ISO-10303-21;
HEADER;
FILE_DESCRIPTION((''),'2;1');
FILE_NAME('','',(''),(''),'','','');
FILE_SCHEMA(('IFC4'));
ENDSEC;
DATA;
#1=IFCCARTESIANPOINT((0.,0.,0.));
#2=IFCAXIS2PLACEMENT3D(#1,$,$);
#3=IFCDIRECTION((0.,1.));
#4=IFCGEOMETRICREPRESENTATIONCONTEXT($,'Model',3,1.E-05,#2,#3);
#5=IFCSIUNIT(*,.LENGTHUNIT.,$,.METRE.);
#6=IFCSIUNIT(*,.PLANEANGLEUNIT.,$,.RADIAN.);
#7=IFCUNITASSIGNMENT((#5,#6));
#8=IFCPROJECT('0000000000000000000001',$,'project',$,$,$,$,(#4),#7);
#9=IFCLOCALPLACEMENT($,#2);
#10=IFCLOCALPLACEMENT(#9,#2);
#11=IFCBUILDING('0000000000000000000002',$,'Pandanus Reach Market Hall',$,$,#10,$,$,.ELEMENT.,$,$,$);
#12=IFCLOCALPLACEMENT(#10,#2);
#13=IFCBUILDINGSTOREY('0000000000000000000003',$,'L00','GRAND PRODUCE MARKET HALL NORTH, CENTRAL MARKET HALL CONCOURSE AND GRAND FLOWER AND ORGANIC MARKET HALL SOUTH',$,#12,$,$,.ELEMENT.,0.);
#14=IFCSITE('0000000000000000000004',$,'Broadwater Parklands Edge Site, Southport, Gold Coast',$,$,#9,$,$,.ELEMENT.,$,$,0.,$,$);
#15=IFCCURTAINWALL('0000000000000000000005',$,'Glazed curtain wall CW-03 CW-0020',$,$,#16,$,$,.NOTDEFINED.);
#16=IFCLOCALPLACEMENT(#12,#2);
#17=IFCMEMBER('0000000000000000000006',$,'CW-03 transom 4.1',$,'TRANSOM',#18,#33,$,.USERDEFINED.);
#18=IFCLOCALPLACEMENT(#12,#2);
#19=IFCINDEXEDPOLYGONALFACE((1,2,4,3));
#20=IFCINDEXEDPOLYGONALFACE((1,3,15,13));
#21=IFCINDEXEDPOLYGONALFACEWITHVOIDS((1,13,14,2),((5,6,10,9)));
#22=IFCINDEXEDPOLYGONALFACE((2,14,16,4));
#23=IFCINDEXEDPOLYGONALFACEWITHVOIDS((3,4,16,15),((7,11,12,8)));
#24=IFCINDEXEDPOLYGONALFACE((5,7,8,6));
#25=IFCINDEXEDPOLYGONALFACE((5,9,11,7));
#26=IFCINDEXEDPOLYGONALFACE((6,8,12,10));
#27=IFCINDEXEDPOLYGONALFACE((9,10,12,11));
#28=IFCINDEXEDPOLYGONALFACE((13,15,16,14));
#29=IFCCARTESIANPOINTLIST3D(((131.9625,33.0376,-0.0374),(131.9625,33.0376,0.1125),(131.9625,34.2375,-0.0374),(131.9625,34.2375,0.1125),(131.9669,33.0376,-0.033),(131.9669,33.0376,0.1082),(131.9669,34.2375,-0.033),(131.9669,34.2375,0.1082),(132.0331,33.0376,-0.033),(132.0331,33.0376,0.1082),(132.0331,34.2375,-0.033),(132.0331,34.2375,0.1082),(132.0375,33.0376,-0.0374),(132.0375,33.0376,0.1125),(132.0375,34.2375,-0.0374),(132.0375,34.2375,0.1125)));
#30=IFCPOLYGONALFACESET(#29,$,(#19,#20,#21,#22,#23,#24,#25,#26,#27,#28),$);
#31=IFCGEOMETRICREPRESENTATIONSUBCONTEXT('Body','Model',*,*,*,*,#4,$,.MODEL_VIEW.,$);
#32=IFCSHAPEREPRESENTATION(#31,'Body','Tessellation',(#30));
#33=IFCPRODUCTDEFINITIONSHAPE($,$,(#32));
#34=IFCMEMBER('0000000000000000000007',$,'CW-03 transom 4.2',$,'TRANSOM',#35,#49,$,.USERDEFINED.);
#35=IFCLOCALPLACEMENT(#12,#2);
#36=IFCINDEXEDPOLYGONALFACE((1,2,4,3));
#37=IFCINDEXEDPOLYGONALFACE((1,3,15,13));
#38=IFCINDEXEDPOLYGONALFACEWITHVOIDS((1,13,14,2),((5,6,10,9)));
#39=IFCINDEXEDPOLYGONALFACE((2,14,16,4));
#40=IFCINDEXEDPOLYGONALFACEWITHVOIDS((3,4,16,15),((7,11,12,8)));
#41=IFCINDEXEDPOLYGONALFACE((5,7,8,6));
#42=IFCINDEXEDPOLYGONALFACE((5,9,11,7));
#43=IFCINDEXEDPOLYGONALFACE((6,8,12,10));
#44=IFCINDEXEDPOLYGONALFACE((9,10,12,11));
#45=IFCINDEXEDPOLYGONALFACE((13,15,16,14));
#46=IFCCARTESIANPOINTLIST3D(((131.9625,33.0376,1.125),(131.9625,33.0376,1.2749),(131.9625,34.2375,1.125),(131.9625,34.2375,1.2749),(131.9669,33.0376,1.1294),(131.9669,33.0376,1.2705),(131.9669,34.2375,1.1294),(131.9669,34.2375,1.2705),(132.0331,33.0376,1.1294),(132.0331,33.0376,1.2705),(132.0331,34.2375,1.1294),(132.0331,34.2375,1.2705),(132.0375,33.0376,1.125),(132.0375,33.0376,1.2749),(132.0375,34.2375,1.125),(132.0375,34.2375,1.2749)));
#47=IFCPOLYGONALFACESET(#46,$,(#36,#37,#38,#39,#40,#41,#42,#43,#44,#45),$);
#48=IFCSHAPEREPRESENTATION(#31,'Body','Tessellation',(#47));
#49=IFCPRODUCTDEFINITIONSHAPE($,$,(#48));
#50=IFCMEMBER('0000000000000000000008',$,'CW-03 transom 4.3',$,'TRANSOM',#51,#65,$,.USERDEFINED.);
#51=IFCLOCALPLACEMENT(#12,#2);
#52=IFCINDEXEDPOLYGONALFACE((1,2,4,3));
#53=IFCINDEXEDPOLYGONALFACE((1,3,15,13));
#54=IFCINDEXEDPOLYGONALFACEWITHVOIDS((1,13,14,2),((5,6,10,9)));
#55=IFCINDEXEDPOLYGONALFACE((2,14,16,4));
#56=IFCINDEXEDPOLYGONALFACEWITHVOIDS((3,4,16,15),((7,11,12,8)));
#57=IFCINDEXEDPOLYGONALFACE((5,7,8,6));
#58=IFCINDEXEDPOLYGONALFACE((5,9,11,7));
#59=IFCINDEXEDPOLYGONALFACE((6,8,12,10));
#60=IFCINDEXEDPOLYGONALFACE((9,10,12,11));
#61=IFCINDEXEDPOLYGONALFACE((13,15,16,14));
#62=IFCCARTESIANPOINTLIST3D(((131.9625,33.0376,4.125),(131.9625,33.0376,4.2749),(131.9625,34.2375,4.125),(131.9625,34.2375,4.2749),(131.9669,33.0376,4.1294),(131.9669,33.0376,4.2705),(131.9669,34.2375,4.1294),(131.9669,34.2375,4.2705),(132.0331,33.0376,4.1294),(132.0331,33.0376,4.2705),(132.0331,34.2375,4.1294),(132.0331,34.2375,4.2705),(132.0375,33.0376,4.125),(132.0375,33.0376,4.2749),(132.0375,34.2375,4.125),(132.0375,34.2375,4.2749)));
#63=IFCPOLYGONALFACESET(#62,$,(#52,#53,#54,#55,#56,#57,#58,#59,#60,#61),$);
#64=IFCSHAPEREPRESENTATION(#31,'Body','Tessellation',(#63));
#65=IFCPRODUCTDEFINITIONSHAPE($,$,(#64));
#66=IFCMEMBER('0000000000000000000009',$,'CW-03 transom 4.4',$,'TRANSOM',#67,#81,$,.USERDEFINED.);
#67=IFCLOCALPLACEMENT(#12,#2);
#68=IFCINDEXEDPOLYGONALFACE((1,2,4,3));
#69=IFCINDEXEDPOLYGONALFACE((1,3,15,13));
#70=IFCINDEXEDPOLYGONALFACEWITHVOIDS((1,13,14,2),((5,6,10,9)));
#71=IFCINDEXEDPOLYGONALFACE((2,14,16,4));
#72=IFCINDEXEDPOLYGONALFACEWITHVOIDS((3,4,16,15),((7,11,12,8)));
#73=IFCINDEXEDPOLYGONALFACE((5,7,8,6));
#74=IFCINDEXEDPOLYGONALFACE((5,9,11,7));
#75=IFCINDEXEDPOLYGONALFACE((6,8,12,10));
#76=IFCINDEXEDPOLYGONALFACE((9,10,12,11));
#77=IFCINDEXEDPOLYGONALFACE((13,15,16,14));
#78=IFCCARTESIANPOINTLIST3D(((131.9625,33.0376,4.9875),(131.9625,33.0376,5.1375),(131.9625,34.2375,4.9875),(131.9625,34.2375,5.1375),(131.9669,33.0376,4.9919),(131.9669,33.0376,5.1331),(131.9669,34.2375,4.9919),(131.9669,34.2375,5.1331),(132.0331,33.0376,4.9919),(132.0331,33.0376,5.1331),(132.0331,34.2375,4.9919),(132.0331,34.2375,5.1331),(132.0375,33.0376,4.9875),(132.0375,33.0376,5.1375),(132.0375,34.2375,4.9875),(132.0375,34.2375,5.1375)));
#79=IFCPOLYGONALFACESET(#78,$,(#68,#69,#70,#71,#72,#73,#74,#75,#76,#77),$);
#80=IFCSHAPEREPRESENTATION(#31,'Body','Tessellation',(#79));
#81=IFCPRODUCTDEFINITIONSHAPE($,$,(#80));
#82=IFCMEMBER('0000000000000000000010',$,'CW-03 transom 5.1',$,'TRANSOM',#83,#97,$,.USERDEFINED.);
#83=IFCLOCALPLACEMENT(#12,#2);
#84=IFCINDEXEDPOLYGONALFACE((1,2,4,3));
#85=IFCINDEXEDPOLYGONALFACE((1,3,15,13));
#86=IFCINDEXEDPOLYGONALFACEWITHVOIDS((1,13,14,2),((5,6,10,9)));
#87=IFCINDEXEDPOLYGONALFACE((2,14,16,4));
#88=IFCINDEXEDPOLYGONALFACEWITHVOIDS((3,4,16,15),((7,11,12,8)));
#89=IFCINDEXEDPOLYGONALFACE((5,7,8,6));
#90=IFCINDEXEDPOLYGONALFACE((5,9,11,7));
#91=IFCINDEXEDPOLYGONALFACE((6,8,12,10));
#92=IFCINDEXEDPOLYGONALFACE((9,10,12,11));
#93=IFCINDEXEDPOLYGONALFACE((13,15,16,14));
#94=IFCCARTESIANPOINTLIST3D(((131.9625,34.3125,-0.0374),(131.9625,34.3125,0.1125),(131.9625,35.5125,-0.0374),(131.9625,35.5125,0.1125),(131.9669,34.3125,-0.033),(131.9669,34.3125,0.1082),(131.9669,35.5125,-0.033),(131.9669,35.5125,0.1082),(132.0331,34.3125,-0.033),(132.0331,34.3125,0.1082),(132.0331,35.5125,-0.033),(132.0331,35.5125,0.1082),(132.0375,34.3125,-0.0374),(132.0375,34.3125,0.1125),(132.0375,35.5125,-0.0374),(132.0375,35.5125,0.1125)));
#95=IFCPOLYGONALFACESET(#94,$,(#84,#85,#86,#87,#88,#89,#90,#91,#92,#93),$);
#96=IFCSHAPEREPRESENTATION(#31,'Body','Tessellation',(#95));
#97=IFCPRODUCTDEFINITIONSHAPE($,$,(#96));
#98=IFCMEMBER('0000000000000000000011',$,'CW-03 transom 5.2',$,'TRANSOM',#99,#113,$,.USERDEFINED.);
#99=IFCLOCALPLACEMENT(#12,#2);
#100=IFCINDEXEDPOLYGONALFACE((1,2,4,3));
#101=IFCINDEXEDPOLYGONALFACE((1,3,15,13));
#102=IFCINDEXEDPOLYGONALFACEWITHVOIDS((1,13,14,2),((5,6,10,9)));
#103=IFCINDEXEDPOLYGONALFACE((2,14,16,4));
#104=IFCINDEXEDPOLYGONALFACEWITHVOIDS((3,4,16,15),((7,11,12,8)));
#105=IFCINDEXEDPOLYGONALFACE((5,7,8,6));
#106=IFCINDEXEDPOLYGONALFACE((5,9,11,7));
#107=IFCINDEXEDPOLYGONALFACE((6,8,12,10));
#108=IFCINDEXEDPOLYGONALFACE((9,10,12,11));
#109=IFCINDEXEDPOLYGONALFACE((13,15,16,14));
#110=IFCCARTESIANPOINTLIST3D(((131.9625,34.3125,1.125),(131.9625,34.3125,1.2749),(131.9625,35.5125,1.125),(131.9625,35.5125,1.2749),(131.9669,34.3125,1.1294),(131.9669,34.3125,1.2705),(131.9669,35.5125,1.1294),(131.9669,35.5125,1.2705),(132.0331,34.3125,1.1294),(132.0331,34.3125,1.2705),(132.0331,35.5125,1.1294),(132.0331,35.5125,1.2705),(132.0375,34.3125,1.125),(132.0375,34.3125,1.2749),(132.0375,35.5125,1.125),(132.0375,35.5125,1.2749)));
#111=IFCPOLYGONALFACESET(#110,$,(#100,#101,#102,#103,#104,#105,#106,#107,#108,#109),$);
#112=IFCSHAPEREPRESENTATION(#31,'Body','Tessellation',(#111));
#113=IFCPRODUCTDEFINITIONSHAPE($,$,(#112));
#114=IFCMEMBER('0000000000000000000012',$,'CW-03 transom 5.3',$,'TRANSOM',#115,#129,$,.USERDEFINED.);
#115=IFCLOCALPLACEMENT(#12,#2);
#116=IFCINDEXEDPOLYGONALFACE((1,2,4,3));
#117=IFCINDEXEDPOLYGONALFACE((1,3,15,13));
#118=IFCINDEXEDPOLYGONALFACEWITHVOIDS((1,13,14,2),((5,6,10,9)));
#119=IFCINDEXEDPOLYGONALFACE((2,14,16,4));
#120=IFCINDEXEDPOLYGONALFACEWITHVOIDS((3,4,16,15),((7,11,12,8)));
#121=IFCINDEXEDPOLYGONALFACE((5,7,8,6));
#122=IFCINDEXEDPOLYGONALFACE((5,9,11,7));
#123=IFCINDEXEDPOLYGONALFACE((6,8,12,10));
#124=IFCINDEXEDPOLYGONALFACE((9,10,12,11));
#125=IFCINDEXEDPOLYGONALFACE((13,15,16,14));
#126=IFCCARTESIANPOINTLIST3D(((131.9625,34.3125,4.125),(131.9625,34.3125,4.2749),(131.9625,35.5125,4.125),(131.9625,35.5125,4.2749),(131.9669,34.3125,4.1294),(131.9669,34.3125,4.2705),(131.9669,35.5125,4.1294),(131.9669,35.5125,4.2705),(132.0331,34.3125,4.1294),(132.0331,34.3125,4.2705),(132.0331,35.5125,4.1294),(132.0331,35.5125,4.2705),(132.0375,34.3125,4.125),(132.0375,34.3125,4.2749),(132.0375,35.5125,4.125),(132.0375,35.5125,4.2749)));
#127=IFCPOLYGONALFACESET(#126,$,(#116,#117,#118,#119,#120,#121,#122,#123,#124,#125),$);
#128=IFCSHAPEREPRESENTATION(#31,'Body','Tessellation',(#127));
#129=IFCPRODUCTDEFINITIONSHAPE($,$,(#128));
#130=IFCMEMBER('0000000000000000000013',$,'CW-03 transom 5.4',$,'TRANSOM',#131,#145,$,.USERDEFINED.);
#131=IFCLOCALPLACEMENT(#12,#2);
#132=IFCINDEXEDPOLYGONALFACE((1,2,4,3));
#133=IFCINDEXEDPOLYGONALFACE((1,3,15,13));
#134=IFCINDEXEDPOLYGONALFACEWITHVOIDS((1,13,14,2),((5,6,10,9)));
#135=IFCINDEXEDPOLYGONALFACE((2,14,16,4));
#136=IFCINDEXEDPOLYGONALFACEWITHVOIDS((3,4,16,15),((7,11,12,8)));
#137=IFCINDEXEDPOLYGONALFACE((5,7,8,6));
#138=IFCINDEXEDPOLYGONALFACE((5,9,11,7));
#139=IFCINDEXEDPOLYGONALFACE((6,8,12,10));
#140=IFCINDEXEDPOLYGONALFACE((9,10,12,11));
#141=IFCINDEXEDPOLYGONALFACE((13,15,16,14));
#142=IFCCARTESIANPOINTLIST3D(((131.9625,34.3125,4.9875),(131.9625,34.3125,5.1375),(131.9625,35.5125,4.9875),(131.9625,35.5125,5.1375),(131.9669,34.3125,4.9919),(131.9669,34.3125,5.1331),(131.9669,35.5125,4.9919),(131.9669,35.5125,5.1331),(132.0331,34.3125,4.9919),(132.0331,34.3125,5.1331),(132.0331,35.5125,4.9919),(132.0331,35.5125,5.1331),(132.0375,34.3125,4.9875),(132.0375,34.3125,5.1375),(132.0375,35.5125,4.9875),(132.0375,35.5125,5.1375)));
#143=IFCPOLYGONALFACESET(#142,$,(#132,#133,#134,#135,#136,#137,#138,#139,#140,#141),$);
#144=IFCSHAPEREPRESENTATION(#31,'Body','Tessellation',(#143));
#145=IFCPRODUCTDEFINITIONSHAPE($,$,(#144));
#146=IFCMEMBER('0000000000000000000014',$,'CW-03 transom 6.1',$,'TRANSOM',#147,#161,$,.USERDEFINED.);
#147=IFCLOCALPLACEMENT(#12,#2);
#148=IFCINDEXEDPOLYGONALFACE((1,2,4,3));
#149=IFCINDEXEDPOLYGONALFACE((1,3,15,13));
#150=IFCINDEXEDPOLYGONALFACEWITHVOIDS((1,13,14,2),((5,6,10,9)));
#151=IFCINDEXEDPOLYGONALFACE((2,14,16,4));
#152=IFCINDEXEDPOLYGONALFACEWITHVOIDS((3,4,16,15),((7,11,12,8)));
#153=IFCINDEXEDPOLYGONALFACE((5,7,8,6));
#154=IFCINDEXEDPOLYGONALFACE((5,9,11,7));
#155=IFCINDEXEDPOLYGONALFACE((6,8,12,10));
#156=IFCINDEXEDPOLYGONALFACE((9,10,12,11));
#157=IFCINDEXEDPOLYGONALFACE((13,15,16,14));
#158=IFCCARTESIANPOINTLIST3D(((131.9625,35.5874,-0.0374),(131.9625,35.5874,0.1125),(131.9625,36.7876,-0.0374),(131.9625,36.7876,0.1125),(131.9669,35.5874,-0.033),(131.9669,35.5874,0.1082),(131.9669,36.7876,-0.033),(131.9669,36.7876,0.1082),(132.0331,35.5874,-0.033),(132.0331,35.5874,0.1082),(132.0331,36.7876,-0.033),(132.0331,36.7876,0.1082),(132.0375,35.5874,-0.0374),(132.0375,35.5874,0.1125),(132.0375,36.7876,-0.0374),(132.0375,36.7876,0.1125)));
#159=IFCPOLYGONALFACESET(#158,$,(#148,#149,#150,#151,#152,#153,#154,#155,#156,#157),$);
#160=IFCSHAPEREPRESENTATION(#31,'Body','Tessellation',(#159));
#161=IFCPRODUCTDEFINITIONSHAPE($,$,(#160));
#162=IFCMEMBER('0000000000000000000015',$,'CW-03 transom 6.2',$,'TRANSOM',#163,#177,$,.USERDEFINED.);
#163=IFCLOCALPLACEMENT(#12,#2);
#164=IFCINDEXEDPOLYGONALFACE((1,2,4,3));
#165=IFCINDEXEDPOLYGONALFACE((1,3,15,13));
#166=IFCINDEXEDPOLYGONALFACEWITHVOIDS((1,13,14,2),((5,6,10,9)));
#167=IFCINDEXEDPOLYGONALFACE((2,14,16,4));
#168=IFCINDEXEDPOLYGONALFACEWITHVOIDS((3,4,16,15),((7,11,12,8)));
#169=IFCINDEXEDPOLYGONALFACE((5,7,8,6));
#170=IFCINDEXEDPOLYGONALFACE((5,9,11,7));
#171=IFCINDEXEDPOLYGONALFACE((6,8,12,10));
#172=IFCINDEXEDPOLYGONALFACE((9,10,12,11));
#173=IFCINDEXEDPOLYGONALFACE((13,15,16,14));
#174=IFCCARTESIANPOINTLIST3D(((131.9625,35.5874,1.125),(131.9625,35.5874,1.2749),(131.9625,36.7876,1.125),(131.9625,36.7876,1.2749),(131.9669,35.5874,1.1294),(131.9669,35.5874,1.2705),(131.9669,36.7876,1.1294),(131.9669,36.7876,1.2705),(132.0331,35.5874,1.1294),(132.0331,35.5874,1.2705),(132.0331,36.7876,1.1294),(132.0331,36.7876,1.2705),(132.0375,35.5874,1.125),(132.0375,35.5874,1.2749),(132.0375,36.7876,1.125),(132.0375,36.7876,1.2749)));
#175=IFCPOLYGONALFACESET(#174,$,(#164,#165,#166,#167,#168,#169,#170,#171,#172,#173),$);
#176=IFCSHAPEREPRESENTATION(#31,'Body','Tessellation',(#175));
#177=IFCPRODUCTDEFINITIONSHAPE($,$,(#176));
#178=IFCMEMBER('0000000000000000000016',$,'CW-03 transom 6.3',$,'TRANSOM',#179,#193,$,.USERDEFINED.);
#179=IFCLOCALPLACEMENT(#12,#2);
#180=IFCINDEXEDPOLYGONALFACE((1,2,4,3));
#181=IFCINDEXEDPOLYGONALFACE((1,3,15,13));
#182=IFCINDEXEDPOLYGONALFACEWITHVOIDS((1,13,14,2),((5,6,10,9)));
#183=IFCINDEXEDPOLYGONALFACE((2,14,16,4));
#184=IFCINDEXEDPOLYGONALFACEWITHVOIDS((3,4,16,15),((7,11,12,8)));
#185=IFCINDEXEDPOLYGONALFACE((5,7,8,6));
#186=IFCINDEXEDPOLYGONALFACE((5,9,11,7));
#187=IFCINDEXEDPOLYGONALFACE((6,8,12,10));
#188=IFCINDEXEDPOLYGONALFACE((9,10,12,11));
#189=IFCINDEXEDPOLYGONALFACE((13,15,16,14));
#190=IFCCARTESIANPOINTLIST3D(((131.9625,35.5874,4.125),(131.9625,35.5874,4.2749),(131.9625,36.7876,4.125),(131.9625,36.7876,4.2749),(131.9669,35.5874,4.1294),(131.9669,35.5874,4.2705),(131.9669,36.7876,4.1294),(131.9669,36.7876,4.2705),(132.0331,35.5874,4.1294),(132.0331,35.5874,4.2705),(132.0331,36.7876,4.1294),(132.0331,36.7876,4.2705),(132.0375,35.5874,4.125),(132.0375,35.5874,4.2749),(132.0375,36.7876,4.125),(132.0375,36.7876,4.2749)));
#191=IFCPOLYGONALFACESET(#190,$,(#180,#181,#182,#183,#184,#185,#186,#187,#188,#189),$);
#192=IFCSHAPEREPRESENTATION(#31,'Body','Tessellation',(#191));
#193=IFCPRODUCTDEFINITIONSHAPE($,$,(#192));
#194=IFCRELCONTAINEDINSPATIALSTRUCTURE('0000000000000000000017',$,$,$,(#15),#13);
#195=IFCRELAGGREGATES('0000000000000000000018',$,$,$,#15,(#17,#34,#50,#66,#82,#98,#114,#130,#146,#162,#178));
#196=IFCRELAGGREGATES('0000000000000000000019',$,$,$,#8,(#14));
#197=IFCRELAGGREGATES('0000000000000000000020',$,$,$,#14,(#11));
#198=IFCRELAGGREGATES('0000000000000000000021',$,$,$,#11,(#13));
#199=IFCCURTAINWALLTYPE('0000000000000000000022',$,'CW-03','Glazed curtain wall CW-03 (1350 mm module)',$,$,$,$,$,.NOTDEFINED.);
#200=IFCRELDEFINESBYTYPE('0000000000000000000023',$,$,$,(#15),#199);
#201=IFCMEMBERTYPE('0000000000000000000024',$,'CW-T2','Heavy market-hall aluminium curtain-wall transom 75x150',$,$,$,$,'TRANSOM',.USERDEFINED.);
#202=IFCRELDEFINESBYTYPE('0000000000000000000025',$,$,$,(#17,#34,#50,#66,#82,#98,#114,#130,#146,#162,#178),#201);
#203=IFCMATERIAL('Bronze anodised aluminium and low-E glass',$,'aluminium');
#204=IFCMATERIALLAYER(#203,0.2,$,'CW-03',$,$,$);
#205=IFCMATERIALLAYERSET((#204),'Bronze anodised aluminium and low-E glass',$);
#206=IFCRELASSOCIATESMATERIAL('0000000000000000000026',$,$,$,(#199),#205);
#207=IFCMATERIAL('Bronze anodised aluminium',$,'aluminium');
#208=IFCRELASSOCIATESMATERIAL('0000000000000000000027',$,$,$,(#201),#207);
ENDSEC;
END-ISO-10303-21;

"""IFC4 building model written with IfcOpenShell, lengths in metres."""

from ifc_helpers import new_model, si_unit, direction, frame, origin, origin_2d, place, context, subcontext, project, spatial, hollow_rectangle, extrude, material, layer, layer_set, material_profile, profile_set, type_object, element, aggregate, save


model = new_model("IFC4")

# Units and contexts
model_context = context("Model", 3, precision=1e-05, world=origin(), true_north=direction((0.0, 1.0)))
body_context = subcontext(model_context, "Body", "Model", "MODEL_VIEW")
ifc_project = project(units=[si_unit("LENGTHUNIT", "METRE"), si_unit("PLANEANGLEUNIT", "RADIAN")], contexts=[model_context])

# Site, building, storey
site_placement = place(None, origin())
site = spatial("IfcSite", under=ifc_project, at=site_placement, Name="Broadwater Parklands Edge Site, Southport, Gold Coast", CompositionType="ELEMENT", RefElevation=0.0)
building_placement = place(site_placement, origin())
building = spatial("IfcBuilding", under=site, at=building_placement, Name="Pandanus Reach Market Hall", CompositionType="ELEMENT")
storey_placement = place(building_placement, origin())
storey = spatial("IfcBuildingStorey", under=building, at=storey_placement, Name="L00", Description="GRAND PRODUCE MARKET HALL NORTH, CENTRAL MARKET HALL CONCOURSE AND GRAND FLOWER AND ORGANIC MARKET HALL SOUTH", CompositionType="ELEMENT", Elevation=0.0)

# Curtain wall, members
ifc_material_1 = material(Name="Bronze anodised aluminium and low-E glass", Category="aluminium")
ifc_layer_1 = layer(ifc_material_1, 0.2, Name="CW-03")
ifc_layer_set_1 = layer_set([ifc_layer_1], Name="Bronze anodised aluminium and low-E glass")
curtain_wall_type = type_object("IfcCurtainWallType", Name="CW-03", Description="Glazed curtain wall CW-03 (1350 mm module)", PredefinedType="NOTDEFINED", material=ifc_layer_set_1)
curtain_wall_placement = place(storey_placement, origin())
curtain_wall = element("IfcCurtainWall", 1, at=curtain_wall_placement, inside=storey, type_object=curtain_wall_type, Name="Glazed curtain wall CW-03 CW-0020", PredefinedType="NOTDEFINED")
ifc_material_2 = material(Name="Bronze anodised aluminium", Category="aluminium")
ifc_material_profile_1 = material_profile(ifc_material_2, hollow_rectangle(XDim=0.075, YDim=0.1499, WallThickness=0.0044, at=origin_2d()), Name="ALU75x150", Category="LoadBearing")
ifc_profile_set_1 = profile_set([ifc_material_profile_1], Name="Bronze anodised aluminium")
member_type_1 = type_object("IfcMemberType", Name="CW-T2", Description="Heavy market-hall aluminium curtain-wall transom 75x150", ElementType="TRANSOM", PredefinedType="USERDEFINED", material=ifc_profile_set_1)
member_1_placement = place(storey_placement, frame((132.0, 33.0376, 0.0376), z_axis=(0.0, 1.0, 0.0), x_axis=(-1.0, 0.0, 0.0)))
member_1 = element("IfcMember", 2, at=member_1_placement, type_object=member_type_1, Name="CW-03 transom 4.1", ObjectType="TRANSOM", PredefinedType="USERDEFINED", context=body_context, shape_type="SweptSolid", body=[
    extrude(hollow_rectangle(XDim=0.075, YDim=0.1499, WallThickness=0.0044, at=origin_2d()), origin(), (0.0, 0.0, 1.0), 1.2),
])
member_2_placement = place(storey_placement, frame((132.0, 33.0376, 1.2), z_axis=(0.0, 1.0, 0.0), x_axis=(-1.0, 0.0, 0.0)))
member_2 = element("IfcMember", 3, at=member_2_placement, type_object=member_type_1, Name="CW-03 transom 4.2", ObjectType="TRANSOM", PredefinedType="USERDEFINED", context=body_context, shape_type="SweptSolid", body=[
    extrude(hollow_rectangle(XDim=0.075, YDim=0.1499, WallThickness=0.0044, at=origin_2d()), origin(), (0.0, 0.0, 1.0), 1.2),
])
member_3_placement = place(storey_placement, frame((132.0, 33.0376, 4.2), z_axis=(0.0, 1.0, 0.0), x_axis=(-1.0, 0.0, 0.0)))
member_3 = element("IfcMember", 4, at=member_3_placement, type_object=member_type_1, Name="CW-03 transom 4.3", ObjectType="TRANSOM", PredefinedType="USERDEFINED", context=body_context, shape_type="SweptSolid", body=[
    extrude(hollow_rectangle(XDim=0.075, YDim=0.1499, WallThickness=0.0044, at=origin_2d()), origin(), (0.0, 0.0, 1.0), 1.2),
])
member_4_placement = place(storey_placement, frame((132.0, 33.0376, 5.0625), z_axis=(0.0, 1.0, 0.0), x_axis=(-1.0, 0.0, 0.0)))
member_4 = element("IfcMember", 5, at=member_4_placement, type_object=member_type_1, Name="CW-03 transom 4.4", ObjectType="TRANSOM", PredefinedType="USERDEFINED", context=body_context, shape_type="SweptSolid", body=[
    extrude(hollow_rectangle(XDim=0.075, YDim=0.1499, WallThickness=0.0044, at=origin_2d()), origin(), (0.0, 0.0, 1.0), 1.2),
])
member_5_placement = place(storey_placement, frame((132.0, 34.3125, 0.0376), z_axis=(0.0, 1.0, 0.0), x_axis=(-1.0, 0.0, 0.0)))
member_5 = element("IfcMember", 6, at=member_5_placement, type_object=member_type_1, Name="CW-03 transom 5.1", ObjectType="TRANSOM", PredefinedType="USERDEFINED", context=body_context, shape_type="SweptSolid", body=[
    extrude(hollow_rectangle(XDim=0.075, YDim=0.1499, WallThickness=0.0044, at=origin_2d()), origin(), (0.0, 0.0, 1.0), 1.2),
])
member_6_placement = place(storey_placement, frame((132.0, 34.3125, 1.2), z_axis=(0.0, 1.0, 0.0), x_axis=(-1.0, 0.0, 0.0)))
member_6 = element("IfcMember", 7, at=member_6_placement, type_object=member_type_1, Name="CW-03 transom 5.2", ObjectType="TRANSOM", PredefinedType="USERDEFINED", context=body_context, shape_type="SweptSolid", body=[
    extrude(hollow_rectangle(XDim=0.075, YDim=0.1499, WallThickness=0.0044, at=origin_2d()), origin(), (0.0, 0.0, 1.0), 1.2),
])
member_7_placement = place(storey_placement, frame((132.0, 34.3125, 4.2), z_axis=(0.0, 1.0, 0.0), x_axis=(-1.0, 0.0, 0.0)))
member_7 = element("IfcMember", 8, at=member_7_placement, type_object=member_type_1, Name="CW-03 transom 5.3", ObjectType="TRANSOM", PredefinedType="USERDEFINED", context=body_context, shape_type="SweptSolid", body=[
    extrude(hollow_rectangle(XDim=0.075, YDim=0.1499, WallThickness=0.0044, at=origin_2d()), origin(), (0.0, 0.0, 1.0), 1.2),
])
member_8_placement = place(storey_placement, frame((132.0, 34.3125, 5.0625), z_axis=(0.0, 1.0, 0.0), x_axis=(-1.0, 0.0, 0.0)))
member_8 = element("IfcMember", 9, at=member_8_placement, type_object=member_type_1, Name="CW-03 transom 5.4", ObjectType="TRANSOM", PredefinedType="USERDEFINED", context=body_context, shape_type="SweptSolid", body=[
    extrude(hollow_rectangle(XDim=0.075, YDim=0.1499, WallThickness=0.0044, at=origin_2d()), origin(), (0.0, 0.0, 1.0), 1.2),
])
member_9_placement = place(storey_placement, frame((132.0, 35.5874, 0.0376), z_axis=(0.0, 1.0, 0.0), x_axis=(-1.0, 0.0, 0.0)))
member_9 = element("IfcMember", 10, at=member_9_placement, type_object=member_type_1, Name="CW-03 transom 6.1", ObjectType="TRANSOM", PredefinedType="USERDEFINED", context=body_context, shape_type="SweptSolid", body=[
    extrude(hollow_rectangle(XDim=0.075, YDim=0.1499, WallThickness=0.0044, at=origin_2d()), origin(), (0.0, 0.0, 1.0), 1.2002),
])
member_10_placement = place(storey_placement, frame((132.0, 35.5874, 1.2), z_axis=(0.0, 1.0, 0.0), x_axis=(-1.0, 0.0, 0.0)))
member_10 = element("IfcMember", 11, at=member_10_placement, type_object=member_type_1, Name="CW-03 transom 6.2", ObjectType="TRANSOM", PredefinedType="USERDEFINED", context=body_context, shape_type="SweptSolid", body=[
    extrude(hollow_rectangle(XDim=0.075, YDim=0.1499, WallThickness=0.0044, at=origin_2d()), origin(), (0.0, 0.0, 1.0), 1.2002),
])
member_11_placement = place(storey_placement, frame((132.0, 35.5874, 4.2), z_axis=(0.0, 1.0, 0.0), x_axis=(-1.0, 0.0, 0.0)))
member_11 = element("IfcMember", 12, at=member_11_placement, type_object=member_type_1, Name="CW-03 transom 6.3", ObjectType="TRANSOM", PredefinedType="USERDEFINED", context=body_context, shape_type="SweptSolid", body=[
    extrude(hollow_rectangle(XDim=0.075, YDim=0.1499, WallThickness=0.0044, at=origin_2d()), origin(), (0.0, 0.0, 1.0), 1.2002),
])
aggregate(curtain_wall, [member_1, member_2, member_3, member_4, member_5, member_6, member_7, member_8, member_9, member_10, member_11])

save(model, "model.ifc")
